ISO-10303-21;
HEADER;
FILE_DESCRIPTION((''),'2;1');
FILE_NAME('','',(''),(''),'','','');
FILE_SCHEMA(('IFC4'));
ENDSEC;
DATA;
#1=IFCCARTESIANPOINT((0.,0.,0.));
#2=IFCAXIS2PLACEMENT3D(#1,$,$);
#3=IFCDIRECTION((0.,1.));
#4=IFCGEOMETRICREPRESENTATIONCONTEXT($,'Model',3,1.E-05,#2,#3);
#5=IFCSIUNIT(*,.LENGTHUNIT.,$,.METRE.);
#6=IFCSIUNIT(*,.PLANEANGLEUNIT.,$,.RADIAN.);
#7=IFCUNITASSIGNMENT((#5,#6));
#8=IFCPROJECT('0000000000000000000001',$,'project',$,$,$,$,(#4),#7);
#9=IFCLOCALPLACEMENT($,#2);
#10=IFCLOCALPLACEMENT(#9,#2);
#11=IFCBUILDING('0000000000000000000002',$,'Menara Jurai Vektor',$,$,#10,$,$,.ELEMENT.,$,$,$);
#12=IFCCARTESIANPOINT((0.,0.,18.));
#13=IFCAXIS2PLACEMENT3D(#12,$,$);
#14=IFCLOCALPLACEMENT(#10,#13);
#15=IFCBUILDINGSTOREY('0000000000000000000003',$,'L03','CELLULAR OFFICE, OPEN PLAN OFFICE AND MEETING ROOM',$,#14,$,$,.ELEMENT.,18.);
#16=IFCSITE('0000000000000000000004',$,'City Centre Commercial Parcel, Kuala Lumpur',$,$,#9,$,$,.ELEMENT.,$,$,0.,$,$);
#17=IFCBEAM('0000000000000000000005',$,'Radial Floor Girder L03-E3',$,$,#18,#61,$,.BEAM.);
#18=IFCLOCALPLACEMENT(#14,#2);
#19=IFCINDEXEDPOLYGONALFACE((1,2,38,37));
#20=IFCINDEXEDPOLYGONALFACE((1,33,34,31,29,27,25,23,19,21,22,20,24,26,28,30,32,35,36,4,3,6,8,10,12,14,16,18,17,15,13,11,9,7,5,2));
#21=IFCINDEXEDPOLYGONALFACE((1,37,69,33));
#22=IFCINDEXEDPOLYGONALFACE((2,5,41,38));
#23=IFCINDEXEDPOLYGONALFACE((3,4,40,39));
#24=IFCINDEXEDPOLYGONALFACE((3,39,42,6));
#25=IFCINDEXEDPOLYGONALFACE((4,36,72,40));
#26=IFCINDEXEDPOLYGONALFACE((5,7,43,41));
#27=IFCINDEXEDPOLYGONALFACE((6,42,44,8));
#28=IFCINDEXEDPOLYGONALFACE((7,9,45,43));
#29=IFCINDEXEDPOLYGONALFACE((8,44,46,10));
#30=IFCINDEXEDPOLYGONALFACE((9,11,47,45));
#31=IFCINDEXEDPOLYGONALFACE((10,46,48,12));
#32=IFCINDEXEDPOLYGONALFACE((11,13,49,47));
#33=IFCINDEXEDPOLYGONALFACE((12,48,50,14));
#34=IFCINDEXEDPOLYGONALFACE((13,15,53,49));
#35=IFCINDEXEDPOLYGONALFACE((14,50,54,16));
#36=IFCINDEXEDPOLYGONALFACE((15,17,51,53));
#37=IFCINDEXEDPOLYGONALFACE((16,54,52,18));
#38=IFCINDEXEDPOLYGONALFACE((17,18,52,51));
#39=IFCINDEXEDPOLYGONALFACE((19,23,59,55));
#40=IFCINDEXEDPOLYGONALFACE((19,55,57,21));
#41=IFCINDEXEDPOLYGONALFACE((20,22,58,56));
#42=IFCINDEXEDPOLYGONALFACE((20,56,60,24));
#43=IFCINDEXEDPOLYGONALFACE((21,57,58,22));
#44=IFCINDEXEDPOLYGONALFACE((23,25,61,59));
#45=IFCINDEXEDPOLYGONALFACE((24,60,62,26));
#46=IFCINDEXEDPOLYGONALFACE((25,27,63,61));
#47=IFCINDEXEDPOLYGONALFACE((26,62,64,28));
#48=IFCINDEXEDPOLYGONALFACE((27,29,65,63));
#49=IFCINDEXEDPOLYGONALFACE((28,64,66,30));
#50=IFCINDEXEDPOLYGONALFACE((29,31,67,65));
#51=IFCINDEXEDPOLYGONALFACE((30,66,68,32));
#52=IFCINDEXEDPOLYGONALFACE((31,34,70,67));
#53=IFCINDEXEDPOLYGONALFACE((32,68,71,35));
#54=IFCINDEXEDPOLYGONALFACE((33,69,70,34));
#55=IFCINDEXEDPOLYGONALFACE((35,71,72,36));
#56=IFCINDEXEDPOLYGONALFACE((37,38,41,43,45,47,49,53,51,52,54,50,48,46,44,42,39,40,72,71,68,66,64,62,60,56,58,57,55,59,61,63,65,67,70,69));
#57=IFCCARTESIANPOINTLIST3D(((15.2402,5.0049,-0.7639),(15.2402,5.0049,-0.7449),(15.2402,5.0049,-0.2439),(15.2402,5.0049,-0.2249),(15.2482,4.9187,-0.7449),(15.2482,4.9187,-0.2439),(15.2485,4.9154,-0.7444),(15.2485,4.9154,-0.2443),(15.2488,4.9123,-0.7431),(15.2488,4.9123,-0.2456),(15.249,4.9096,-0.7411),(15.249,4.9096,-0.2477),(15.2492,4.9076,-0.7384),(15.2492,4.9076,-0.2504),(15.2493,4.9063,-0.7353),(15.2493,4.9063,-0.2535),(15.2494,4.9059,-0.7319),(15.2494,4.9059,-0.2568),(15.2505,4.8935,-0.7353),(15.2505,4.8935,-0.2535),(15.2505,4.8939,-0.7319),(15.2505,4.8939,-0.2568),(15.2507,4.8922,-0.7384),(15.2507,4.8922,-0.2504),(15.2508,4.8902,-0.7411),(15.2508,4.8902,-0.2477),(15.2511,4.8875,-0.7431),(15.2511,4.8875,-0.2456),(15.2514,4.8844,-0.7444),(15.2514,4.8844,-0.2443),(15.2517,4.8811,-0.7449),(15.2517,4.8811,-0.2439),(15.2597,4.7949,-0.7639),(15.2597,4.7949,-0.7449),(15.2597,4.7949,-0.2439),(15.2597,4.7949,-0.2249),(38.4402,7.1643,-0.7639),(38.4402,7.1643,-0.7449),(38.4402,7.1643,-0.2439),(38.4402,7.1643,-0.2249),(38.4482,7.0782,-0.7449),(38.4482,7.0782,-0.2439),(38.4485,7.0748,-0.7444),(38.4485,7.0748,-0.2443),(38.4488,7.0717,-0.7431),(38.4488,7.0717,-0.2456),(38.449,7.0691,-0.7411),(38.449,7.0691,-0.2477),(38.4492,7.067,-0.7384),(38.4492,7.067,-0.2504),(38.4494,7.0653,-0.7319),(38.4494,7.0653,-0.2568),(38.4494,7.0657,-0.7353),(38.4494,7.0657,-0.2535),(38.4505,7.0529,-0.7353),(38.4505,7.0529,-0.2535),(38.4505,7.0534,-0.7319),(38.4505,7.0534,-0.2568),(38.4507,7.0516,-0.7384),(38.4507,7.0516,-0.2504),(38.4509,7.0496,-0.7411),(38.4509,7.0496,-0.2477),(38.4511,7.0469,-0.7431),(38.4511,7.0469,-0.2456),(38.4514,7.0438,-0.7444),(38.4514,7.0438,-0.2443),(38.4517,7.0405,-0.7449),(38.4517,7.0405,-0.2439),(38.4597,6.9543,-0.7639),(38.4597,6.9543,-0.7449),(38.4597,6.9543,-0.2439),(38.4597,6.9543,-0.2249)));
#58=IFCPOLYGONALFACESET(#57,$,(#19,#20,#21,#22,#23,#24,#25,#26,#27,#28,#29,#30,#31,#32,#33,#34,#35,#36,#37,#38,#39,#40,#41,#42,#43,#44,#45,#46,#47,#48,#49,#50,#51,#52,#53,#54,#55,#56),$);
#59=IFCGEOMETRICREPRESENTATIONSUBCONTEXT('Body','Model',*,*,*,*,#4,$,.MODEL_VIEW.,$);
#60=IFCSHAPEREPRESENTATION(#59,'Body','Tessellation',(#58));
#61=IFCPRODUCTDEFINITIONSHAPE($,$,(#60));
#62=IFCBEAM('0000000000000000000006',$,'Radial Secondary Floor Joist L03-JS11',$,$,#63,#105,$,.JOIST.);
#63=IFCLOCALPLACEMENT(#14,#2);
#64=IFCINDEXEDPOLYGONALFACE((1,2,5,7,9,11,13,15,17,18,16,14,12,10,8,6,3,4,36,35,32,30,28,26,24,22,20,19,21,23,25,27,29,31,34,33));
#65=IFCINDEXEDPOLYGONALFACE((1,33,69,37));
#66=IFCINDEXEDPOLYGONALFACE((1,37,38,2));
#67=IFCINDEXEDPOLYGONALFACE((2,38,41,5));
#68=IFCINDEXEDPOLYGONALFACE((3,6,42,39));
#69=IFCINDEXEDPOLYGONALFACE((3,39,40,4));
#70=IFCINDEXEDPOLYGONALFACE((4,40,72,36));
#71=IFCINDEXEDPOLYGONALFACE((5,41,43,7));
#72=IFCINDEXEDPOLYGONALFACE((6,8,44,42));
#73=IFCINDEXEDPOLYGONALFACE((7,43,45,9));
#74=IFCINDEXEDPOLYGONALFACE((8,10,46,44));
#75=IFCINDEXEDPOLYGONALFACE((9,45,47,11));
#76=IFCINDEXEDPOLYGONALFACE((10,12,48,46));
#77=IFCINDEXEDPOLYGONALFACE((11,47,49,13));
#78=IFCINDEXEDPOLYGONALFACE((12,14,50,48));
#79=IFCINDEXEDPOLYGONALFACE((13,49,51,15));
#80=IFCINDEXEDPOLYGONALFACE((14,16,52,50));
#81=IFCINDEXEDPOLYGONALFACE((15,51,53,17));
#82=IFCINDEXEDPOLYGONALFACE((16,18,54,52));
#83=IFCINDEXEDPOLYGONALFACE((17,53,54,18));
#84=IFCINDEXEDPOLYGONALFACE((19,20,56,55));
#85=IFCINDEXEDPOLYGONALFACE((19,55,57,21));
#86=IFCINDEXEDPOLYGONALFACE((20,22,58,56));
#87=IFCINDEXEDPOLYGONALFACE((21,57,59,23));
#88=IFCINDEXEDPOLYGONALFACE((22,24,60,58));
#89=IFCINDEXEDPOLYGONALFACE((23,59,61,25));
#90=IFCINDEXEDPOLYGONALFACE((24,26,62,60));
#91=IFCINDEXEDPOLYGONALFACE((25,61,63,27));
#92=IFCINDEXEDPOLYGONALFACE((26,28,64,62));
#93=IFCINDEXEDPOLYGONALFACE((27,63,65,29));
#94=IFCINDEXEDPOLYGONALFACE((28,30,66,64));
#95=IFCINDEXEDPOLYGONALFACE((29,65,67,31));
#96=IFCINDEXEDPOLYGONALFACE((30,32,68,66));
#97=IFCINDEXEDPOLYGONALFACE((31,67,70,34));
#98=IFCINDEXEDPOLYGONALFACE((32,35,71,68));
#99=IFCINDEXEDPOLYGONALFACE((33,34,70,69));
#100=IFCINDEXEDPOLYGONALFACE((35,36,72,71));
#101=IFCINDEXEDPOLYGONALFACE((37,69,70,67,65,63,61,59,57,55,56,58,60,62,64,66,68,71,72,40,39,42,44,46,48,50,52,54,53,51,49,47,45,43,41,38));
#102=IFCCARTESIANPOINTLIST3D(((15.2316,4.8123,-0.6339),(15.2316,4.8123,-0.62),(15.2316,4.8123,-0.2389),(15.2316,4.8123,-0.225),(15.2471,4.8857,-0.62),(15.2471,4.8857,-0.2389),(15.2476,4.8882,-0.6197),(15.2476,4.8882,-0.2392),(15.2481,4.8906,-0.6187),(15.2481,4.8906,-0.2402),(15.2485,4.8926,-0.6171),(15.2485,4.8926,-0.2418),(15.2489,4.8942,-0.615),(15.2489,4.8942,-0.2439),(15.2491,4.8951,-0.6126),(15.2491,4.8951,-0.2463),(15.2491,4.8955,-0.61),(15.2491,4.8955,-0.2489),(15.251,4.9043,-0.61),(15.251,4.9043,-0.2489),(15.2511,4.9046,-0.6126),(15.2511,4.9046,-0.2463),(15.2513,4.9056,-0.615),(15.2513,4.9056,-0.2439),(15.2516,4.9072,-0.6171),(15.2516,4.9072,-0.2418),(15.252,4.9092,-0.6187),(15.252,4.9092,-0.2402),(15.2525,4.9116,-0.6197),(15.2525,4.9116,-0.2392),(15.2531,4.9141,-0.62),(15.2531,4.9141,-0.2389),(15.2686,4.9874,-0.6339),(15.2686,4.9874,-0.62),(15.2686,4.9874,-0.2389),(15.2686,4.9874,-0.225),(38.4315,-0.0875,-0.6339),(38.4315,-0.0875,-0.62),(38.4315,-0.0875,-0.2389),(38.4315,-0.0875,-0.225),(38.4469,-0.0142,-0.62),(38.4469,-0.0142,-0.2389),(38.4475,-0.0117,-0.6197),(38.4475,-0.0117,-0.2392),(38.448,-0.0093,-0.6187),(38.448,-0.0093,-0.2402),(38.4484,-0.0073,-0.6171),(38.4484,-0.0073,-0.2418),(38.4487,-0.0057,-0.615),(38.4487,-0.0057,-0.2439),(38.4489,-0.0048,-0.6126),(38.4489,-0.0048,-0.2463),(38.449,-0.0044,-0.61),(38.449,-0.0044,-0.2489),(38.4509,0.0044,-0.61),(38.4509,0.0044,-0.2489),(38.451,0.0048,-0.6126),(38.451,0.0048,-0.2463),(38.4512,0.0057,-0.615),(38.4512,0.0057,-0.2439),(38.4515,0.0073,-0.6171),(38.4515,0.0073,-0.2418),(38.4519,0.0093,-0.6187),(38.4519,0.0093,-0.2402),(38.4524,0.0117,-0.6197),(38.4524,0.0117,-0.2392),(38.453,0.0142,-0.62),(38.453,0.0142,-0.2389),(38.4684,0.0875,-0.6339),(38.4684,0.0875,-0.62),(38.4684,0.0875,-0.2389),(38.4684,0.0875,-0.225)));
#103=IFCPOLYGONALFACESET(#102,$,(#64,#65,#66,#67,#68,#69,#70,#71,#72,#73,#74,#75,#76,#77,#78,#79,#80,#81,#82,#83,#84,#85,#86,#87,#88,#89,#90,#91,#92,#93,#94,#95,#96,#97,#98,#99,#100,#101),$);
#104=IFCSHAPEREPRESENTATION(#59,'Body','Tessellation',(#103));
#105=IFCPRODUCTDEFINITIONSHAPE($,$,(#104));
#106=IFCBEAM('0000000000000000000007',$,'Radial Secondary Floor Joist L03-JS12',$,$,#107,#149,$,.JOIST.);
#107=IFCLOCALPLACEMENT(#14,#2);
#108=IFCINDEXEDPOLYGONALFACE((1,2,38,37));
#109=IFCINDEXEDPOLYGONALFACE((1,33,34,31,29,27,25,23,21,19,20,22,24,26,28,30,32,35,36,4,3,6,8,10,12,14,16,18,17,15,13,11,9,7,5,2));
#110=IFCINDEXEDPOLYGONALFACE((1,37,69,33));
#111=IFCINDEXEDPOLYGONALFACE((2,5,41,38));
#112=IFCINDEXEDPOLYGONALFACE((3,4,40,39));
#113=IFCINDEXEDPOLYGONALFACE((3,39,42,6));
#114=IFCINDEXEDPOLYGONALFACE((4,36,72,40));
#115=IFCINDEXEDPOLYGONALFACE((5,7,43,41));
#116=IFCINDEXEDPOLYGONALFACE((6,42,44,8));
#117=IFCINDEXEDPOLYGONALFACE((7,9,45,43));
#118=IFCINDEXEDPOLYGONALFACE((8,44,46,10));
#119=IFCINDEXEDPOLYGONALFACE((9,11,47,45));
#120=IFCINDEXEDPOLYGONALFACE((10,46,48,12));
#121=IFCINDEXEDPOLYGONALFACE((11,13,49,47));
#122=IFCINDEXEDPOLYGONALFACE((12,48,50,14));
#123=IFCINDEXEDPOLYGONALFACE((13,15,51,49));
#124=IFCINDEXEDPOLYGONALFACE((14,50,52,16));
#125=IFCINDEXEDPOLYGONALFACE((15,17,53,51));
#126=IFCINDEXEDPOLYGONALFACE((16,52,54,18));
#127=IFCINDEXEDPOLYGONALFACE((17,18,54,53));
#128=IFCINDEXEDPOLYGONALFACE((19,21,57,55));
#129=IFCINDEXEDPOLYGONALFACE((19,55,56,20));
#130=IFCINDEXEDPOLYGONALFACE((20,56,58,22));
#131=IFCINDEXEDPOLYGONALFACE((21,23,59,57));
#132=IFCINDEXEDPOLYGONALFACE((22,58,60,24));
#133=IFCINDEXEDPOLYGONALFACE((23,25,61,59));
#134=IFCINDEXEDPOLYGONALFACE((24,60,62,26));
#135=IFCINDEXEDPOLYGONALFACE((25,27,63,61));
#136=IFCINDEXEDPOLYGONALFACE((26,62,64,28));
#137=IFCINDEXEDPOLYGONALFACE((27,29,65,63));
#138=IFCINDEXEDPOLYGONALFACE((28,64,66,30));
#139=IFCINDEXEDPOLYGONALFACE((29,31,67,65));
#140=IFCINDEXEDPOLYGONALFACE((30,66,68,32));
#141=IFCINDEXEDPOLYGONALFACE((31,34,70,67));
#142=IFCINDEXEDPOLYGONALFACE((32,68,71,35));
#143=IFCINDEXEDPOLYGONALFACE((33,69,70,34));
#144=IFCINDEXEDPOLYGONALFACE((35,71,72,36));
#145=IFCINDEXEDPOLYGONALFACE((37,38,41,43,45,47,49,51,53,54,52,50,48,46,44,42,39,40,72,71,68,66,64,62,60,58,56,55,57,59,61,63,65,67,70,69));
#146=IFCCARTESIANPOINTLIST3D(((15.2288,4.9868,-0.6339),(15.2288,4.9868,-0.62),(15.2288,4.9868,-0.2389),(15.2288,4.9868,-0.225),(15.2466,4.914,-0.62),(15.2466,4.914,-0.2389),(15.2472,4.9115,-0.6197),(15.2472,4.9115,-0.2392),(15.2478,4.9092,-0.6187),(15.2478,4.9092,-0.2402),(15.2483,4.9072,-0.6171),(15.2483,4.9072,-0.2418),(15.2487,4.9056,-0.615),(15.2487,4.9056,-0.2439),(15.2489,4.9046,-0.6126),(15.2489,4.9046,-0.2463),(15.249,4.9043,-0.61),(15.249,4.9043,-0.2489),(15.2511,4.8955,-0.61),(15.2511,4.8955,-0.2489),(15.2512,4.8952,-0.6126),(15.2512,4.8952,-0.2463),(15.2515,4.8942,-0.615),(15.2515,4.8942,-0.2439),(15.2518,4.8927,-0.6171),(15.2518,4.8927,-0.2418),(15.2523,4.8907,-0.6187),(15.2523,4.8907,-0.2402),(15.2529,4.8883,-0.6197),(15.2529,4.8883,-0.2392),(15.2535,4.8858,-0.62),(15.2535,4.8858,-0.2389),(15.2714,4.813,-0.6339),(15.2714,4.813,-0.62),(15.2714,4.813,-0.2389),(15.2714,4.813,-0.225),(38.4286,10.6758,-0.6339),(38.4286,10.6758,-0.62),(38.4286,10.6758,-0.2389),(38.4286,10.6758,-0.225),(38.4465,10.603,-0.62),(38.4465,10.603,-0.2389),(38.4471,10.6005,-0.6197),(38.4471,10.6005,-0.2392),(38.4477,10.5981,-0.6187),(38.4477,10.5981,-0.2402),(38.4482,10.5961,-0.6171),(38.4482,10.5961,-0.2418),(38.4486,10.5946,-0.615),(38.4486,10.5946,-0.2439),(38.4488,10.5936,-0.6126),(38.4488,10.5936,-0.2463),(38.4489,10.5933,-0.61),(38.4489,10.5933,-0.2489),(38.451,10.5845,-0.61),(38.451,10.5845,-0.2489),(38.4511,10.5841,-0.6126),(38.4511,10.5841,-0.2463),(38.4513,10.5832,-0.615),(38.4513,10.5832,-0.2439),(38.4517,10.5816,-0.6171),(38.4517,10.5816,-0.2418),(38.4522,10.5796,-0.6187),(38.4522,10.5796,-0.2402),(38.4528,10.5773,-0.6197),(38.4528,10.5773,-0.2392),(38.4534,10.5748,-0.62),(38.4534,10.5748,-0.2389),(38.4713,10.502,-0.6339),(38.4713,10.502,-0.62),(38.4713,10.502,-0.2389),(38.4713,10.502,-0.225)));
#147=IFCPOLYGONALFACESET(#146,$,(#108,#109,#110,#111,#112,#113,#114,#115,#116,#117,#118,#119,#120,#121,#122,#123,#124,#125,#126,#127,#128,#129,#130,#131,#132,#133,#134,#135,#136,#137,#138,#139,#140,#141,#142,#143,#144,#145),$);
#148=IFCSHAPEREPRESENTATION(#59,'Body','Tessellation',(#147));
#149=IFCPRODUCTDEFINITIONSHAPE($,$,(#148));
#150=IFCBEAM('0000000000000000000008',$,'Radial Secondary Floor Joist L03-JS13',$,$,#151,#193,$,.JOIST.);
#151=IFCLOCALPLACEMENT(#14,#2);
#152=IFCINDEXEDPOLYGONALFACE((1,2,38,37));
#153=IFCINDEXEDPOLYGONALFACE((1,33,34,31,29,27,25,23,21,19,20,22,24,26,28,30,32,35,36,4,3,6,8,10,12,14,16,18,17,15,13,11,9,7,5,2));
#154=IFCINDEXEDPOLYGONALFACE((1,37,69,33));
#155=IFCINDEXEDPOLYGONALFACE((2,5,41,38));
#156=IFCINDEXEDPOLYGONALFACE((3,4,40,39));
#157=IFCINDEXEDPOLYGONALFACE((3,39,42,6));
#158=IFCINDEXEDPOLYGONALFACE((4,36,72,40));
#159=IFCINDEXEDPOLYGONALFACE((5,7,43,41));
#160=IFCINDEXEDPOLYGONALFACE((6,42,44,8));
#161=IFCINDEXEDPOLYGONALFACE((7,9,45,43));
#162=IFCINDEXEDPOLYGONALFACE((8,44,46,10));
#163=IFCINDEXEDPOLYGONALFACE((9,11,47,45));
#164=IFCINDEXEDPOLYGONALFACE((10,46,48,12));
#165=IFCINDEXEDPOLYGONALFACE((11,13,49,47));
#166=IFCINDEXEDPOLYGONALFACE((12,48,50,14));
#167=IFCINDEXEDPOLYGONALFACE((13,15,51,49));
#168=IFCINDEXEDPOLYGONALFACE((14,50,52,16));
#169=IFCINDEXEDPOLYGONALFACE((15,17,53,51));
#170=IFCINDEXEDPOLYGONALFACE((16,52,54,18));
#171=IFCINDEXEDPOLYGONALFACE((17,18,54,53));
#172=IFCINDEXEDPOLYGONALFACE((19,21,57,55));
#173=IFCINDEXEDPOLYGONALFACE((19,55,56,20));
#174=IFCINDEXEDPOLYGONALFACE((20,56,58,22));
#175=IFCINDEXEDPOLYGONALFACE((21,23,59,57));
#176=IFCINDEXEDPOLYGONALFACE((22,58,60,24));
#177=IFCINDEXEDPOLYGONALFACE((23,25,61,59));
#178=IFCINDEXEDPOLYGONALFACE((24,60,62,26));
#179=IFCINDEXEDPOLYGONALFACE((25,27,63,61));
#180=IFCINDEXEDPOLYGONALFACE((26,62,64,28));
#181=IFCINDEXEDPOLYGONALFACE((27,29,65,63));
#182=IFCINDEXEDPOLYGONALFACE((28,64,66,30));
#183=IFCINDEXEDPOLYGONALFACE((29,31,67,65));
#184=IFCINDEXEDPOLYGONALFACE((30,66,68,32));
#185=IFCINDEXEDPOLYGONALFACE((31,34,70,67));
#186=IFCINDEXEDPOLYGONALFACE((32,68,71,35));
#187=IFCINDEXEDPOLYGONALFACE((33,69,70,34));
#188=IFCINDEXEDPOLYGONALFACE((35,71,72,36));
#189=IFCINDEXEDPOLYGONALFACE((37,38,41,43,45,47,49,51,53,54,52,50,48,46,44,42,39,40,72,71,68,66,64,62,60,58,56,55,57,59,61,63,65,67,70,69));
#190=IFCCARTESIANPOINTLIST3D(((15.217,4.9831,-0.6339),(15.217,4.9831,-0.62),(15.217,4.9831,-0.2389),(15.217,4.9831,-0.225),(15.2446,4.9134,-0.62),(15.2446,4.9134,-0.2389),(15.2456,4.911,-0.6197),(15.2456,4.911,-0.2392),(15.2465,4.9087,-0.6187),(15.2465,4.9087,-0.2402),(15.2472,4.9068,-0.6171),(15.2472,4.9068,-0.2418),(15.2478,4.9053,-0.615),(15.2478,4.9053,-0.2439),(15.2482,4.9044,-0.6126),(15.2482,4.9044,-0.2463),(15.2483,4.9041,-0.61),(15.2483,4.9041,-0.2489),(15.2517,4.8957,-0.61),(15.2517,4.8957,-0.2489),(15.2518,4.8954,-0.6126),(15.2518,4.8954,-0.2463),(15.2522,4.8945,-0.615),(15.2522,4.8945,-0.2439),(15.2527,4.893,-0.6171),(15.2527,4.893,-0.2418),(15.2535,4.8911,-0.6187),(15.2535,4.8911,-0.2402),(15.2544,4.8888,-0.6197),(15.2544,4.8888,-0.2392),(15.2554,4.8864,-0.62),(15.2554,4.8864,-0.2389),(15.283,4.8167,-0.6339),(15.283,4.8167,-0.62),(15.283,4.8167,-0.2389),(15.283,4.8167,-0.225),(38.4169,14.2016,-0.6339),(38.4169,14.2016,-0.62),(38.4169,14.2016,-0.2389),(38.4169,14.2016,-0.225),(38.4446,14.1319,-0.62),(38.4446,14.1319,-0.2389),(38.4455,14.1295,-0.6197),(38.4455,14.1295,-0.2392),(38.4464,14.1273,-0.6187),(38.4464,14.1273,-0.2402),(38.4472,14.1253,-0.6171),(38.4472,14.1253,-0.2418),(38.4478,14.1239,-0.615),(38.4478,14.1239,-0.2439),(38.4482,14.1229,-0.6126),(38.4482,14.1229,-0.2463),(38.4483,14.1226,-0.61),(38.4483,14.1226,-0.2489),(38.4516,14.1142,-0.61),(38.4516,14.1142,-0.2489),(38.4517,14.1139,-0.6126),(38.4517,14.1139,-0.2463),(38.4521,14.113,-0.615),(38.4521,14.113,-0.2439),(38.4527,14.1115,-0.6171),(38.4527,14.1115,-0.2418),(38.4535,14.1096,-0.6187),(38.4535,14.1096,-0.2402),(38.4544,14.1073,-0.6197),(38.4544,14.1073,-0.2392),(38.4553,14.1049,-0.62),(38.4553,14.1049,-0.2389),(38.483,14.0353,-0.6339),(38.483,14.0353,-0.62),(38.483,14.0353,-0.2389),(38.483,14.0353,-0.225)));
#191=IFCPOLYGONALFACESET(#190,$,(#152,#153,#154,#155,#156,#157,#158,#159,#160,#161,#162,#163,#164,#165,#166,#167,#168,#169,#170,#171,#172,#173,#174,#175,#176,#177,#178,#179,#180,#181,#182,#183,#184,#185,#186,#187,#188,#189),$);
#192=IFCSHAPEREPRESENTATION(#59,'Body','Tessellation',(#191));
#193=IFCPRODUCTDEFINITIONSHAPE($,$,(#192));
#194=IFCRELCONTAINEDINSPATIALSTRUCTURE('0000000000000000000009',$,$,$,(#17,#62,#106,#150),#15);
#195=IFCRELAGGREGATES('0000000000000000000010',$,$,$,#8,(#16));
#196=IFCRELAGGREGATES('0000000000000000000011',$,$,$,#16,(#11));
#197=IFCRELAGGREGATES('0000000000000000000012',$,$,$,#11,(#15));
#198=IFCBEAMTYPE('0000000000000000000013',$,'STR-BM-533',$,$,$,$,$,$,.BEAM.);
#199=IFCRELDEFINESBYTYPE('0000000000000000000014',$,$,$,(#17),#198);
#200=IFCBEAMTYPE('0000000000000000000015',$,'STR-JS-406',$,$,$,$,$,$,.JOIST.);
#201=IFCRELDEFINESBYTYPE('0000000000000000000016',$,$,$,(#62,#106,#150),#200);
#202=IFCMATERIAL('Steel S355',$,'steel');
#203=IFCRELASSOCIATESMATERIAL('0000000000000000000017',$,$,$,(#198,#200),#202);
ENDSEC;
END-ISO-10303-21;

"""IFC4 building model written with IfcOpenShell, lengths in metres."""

from ifc_helpers import new_model, si_unit, direction, frame, origin, origin_2d, place, context, subcontext, project, spatial, i_section, extrude, material, material_profile, profile_set, type_object, element, save


model = new_model("IFC4")

# Units and contexts
model_context = context("Model", 3, precision=1e-05, world=origin(), true_north=direction((0.0, 1.0)))
body_context = subcontext(model_context, "Body", "Model", "MODEL_VIEW")
ifc_project = project(units=[si_unit("LENGTHUNIT", "METRE"), si_unit("PLANEANGLEUNIT", "RADIAN")], contexts=[model_context])

# Site, building, storey
site_placement = place(None, origin())
site = spatial("IfcSite", under=ifc_project, at=site_placement, Name="City Centre Commercial Parcel, Kuala Lumpur", CompositionType="ELEMENT", RefElevation=0.0)
building_placement = place(site_placement, origin())
building = spatial("IfcBuilding", under=site, at=building_placement, Name="Menara Jurai Vektor", CompositionType="ELEMENT")
storey_placement = place(building_placement, frame((0.0, 0.0, 18.0)))
storey = spatial("IfcBuildingStorey", under=building, at=storey_placement, Name="L03", Description="CELLULAR OFFICE, OPEN PLAN OFFICE AND MEETING ROOM", CompositionType="ELEMENT", Elevation=18.0)

# Beams
ifc_material_1 = material(Name="Steel S355", Category="steel")
ifc_material_profile_1 = material_profile(ifc_material_1, i_section(OverallWidth=0.2109, OverallDepth=0.5391, WebThickness=0.012, FlangeThickness=0.019, FilletRadius=0.0129, at=origin_2d()), Name="UKB 533x210x109")
ifc_profile_set_1 = profile_set([ifc_material_profile_1], Name="Steel S355")
beam_type_1 = type_object("IfcBeamType", Name="STR-BM-533", PredefinedType="BEAM", material=ifc_profile_set_1)
beam_1_placement = place(storey_placement, frame((38.45, 7.0593, -0.4944), z_axis=(-0.995696, -0.092678, 0.0), x_axis=(0.092678, -0.995696, 0.0)))
element("IfcBeam", 1, at=beam_1_placement, inside=storey, type_object=beam_type_1, Name="Radial Floor Girder L03-E3", PredefinedType="BEAM", context=body_context, shape_type="SweptSolid", body=[
    extrude(i_section(OverallWidth=0.2109, OverallDepth=0.5391, WebThickness=0.012, FlangeThickness=0.019, FilletRadius=0.0129, at=origin_2d()), origin(), (0.0, 0.0, 1.0), 23.3003),
])
ifc_material_profile_2 = material_profile(ifc_material_1, i_section(OverallWidth=0.179, OverallDepth=0.4089, WebThickness=0.009, FlangeThickness=0.0139, FilletRadius=0.01, at=origin_2d()), Name="UKB 406x178x67")
ifc_profile_set_2 = profile_set([ifc_material_profile_2], Name="Steel S355")
beam_type_2 = type_object("IfcBeamType", Name="STR-JS-406", PredefinedType="JOIST", material=ifc_profile_set_2)
beam_2_placement = place(storey_placement, frame((38.45, 0.0, -0.4294), z_axis=(-0.978416, 0.206645, 0.0), x_axis=(-0.206645, -0.978416, 0.0)))
element("IfcBeam", 2, at=beam_2_placement, inside=storey, type_object=beam_type_2, Name="Radial Secondary Floor Joist L03-JS11", PredefinedType="JOIST", context=body_context, shape_type="SweptSolid", body=[
    extrude(i_section(OverallWidth=0.179, OverallDepth=0.4089, WebThickness=0.009, FlangeThickness=0.0139, FilletRadius=0.01, at=origin_2d()), origin(), (0.0, 0.0, 1.0), 23.7117),
])
beam_3_placement = place(storey_placement, frame((38.45, 10.5889, -0.4294), z_axis=(-0.971226, -0.238159, 0.0), x_axis=(0.238159, -0.971226, 0.0)))
element("IfcBeam", 3, at=beam_3_placement, inside=storey, type_object=beam_type_2, Name="Radial Secondary Floor Joist L03-JS12", PredefinedType="JOIST", context=body_context, shape_type="SweptSolid", body=[
    extrude(i_section(OverallWidth=0.179, OverallDepth=0.4089, WebThickness=0.009, FlangeThickness=0.0139, FilletRadius=0.01, at=origin_2d()), origin(), (0.0, 0.0, 1.0), 23.8872),
])
beam_4_placement = place(storey_placement, frame((38.45, 14.1184, -0.4294), z_axis=(-0.929323, -0.369267, 0.0), x_axis=(0.369267, -0.929323, 0.0)))
element("IfcBeam", 4, at=beam_4_placement, inside=storey, type_object=beam_type_2, Name="Radial Secondary Floor Joist L03-JS13", PredefinedType="JOIST", context=body_context, shape_type="SweptSolid", body=[
    extrude(i_section(OverallWidth=0.179, OverallDepth=0.4089, WebThickness=0.009, FlangeThickness=0.0139, FilletRadius=0.01, at=origin_2d()), origin(), (0.0, 0.0, 1.0), 24.9644),
])

save(model, "model.ifc")
